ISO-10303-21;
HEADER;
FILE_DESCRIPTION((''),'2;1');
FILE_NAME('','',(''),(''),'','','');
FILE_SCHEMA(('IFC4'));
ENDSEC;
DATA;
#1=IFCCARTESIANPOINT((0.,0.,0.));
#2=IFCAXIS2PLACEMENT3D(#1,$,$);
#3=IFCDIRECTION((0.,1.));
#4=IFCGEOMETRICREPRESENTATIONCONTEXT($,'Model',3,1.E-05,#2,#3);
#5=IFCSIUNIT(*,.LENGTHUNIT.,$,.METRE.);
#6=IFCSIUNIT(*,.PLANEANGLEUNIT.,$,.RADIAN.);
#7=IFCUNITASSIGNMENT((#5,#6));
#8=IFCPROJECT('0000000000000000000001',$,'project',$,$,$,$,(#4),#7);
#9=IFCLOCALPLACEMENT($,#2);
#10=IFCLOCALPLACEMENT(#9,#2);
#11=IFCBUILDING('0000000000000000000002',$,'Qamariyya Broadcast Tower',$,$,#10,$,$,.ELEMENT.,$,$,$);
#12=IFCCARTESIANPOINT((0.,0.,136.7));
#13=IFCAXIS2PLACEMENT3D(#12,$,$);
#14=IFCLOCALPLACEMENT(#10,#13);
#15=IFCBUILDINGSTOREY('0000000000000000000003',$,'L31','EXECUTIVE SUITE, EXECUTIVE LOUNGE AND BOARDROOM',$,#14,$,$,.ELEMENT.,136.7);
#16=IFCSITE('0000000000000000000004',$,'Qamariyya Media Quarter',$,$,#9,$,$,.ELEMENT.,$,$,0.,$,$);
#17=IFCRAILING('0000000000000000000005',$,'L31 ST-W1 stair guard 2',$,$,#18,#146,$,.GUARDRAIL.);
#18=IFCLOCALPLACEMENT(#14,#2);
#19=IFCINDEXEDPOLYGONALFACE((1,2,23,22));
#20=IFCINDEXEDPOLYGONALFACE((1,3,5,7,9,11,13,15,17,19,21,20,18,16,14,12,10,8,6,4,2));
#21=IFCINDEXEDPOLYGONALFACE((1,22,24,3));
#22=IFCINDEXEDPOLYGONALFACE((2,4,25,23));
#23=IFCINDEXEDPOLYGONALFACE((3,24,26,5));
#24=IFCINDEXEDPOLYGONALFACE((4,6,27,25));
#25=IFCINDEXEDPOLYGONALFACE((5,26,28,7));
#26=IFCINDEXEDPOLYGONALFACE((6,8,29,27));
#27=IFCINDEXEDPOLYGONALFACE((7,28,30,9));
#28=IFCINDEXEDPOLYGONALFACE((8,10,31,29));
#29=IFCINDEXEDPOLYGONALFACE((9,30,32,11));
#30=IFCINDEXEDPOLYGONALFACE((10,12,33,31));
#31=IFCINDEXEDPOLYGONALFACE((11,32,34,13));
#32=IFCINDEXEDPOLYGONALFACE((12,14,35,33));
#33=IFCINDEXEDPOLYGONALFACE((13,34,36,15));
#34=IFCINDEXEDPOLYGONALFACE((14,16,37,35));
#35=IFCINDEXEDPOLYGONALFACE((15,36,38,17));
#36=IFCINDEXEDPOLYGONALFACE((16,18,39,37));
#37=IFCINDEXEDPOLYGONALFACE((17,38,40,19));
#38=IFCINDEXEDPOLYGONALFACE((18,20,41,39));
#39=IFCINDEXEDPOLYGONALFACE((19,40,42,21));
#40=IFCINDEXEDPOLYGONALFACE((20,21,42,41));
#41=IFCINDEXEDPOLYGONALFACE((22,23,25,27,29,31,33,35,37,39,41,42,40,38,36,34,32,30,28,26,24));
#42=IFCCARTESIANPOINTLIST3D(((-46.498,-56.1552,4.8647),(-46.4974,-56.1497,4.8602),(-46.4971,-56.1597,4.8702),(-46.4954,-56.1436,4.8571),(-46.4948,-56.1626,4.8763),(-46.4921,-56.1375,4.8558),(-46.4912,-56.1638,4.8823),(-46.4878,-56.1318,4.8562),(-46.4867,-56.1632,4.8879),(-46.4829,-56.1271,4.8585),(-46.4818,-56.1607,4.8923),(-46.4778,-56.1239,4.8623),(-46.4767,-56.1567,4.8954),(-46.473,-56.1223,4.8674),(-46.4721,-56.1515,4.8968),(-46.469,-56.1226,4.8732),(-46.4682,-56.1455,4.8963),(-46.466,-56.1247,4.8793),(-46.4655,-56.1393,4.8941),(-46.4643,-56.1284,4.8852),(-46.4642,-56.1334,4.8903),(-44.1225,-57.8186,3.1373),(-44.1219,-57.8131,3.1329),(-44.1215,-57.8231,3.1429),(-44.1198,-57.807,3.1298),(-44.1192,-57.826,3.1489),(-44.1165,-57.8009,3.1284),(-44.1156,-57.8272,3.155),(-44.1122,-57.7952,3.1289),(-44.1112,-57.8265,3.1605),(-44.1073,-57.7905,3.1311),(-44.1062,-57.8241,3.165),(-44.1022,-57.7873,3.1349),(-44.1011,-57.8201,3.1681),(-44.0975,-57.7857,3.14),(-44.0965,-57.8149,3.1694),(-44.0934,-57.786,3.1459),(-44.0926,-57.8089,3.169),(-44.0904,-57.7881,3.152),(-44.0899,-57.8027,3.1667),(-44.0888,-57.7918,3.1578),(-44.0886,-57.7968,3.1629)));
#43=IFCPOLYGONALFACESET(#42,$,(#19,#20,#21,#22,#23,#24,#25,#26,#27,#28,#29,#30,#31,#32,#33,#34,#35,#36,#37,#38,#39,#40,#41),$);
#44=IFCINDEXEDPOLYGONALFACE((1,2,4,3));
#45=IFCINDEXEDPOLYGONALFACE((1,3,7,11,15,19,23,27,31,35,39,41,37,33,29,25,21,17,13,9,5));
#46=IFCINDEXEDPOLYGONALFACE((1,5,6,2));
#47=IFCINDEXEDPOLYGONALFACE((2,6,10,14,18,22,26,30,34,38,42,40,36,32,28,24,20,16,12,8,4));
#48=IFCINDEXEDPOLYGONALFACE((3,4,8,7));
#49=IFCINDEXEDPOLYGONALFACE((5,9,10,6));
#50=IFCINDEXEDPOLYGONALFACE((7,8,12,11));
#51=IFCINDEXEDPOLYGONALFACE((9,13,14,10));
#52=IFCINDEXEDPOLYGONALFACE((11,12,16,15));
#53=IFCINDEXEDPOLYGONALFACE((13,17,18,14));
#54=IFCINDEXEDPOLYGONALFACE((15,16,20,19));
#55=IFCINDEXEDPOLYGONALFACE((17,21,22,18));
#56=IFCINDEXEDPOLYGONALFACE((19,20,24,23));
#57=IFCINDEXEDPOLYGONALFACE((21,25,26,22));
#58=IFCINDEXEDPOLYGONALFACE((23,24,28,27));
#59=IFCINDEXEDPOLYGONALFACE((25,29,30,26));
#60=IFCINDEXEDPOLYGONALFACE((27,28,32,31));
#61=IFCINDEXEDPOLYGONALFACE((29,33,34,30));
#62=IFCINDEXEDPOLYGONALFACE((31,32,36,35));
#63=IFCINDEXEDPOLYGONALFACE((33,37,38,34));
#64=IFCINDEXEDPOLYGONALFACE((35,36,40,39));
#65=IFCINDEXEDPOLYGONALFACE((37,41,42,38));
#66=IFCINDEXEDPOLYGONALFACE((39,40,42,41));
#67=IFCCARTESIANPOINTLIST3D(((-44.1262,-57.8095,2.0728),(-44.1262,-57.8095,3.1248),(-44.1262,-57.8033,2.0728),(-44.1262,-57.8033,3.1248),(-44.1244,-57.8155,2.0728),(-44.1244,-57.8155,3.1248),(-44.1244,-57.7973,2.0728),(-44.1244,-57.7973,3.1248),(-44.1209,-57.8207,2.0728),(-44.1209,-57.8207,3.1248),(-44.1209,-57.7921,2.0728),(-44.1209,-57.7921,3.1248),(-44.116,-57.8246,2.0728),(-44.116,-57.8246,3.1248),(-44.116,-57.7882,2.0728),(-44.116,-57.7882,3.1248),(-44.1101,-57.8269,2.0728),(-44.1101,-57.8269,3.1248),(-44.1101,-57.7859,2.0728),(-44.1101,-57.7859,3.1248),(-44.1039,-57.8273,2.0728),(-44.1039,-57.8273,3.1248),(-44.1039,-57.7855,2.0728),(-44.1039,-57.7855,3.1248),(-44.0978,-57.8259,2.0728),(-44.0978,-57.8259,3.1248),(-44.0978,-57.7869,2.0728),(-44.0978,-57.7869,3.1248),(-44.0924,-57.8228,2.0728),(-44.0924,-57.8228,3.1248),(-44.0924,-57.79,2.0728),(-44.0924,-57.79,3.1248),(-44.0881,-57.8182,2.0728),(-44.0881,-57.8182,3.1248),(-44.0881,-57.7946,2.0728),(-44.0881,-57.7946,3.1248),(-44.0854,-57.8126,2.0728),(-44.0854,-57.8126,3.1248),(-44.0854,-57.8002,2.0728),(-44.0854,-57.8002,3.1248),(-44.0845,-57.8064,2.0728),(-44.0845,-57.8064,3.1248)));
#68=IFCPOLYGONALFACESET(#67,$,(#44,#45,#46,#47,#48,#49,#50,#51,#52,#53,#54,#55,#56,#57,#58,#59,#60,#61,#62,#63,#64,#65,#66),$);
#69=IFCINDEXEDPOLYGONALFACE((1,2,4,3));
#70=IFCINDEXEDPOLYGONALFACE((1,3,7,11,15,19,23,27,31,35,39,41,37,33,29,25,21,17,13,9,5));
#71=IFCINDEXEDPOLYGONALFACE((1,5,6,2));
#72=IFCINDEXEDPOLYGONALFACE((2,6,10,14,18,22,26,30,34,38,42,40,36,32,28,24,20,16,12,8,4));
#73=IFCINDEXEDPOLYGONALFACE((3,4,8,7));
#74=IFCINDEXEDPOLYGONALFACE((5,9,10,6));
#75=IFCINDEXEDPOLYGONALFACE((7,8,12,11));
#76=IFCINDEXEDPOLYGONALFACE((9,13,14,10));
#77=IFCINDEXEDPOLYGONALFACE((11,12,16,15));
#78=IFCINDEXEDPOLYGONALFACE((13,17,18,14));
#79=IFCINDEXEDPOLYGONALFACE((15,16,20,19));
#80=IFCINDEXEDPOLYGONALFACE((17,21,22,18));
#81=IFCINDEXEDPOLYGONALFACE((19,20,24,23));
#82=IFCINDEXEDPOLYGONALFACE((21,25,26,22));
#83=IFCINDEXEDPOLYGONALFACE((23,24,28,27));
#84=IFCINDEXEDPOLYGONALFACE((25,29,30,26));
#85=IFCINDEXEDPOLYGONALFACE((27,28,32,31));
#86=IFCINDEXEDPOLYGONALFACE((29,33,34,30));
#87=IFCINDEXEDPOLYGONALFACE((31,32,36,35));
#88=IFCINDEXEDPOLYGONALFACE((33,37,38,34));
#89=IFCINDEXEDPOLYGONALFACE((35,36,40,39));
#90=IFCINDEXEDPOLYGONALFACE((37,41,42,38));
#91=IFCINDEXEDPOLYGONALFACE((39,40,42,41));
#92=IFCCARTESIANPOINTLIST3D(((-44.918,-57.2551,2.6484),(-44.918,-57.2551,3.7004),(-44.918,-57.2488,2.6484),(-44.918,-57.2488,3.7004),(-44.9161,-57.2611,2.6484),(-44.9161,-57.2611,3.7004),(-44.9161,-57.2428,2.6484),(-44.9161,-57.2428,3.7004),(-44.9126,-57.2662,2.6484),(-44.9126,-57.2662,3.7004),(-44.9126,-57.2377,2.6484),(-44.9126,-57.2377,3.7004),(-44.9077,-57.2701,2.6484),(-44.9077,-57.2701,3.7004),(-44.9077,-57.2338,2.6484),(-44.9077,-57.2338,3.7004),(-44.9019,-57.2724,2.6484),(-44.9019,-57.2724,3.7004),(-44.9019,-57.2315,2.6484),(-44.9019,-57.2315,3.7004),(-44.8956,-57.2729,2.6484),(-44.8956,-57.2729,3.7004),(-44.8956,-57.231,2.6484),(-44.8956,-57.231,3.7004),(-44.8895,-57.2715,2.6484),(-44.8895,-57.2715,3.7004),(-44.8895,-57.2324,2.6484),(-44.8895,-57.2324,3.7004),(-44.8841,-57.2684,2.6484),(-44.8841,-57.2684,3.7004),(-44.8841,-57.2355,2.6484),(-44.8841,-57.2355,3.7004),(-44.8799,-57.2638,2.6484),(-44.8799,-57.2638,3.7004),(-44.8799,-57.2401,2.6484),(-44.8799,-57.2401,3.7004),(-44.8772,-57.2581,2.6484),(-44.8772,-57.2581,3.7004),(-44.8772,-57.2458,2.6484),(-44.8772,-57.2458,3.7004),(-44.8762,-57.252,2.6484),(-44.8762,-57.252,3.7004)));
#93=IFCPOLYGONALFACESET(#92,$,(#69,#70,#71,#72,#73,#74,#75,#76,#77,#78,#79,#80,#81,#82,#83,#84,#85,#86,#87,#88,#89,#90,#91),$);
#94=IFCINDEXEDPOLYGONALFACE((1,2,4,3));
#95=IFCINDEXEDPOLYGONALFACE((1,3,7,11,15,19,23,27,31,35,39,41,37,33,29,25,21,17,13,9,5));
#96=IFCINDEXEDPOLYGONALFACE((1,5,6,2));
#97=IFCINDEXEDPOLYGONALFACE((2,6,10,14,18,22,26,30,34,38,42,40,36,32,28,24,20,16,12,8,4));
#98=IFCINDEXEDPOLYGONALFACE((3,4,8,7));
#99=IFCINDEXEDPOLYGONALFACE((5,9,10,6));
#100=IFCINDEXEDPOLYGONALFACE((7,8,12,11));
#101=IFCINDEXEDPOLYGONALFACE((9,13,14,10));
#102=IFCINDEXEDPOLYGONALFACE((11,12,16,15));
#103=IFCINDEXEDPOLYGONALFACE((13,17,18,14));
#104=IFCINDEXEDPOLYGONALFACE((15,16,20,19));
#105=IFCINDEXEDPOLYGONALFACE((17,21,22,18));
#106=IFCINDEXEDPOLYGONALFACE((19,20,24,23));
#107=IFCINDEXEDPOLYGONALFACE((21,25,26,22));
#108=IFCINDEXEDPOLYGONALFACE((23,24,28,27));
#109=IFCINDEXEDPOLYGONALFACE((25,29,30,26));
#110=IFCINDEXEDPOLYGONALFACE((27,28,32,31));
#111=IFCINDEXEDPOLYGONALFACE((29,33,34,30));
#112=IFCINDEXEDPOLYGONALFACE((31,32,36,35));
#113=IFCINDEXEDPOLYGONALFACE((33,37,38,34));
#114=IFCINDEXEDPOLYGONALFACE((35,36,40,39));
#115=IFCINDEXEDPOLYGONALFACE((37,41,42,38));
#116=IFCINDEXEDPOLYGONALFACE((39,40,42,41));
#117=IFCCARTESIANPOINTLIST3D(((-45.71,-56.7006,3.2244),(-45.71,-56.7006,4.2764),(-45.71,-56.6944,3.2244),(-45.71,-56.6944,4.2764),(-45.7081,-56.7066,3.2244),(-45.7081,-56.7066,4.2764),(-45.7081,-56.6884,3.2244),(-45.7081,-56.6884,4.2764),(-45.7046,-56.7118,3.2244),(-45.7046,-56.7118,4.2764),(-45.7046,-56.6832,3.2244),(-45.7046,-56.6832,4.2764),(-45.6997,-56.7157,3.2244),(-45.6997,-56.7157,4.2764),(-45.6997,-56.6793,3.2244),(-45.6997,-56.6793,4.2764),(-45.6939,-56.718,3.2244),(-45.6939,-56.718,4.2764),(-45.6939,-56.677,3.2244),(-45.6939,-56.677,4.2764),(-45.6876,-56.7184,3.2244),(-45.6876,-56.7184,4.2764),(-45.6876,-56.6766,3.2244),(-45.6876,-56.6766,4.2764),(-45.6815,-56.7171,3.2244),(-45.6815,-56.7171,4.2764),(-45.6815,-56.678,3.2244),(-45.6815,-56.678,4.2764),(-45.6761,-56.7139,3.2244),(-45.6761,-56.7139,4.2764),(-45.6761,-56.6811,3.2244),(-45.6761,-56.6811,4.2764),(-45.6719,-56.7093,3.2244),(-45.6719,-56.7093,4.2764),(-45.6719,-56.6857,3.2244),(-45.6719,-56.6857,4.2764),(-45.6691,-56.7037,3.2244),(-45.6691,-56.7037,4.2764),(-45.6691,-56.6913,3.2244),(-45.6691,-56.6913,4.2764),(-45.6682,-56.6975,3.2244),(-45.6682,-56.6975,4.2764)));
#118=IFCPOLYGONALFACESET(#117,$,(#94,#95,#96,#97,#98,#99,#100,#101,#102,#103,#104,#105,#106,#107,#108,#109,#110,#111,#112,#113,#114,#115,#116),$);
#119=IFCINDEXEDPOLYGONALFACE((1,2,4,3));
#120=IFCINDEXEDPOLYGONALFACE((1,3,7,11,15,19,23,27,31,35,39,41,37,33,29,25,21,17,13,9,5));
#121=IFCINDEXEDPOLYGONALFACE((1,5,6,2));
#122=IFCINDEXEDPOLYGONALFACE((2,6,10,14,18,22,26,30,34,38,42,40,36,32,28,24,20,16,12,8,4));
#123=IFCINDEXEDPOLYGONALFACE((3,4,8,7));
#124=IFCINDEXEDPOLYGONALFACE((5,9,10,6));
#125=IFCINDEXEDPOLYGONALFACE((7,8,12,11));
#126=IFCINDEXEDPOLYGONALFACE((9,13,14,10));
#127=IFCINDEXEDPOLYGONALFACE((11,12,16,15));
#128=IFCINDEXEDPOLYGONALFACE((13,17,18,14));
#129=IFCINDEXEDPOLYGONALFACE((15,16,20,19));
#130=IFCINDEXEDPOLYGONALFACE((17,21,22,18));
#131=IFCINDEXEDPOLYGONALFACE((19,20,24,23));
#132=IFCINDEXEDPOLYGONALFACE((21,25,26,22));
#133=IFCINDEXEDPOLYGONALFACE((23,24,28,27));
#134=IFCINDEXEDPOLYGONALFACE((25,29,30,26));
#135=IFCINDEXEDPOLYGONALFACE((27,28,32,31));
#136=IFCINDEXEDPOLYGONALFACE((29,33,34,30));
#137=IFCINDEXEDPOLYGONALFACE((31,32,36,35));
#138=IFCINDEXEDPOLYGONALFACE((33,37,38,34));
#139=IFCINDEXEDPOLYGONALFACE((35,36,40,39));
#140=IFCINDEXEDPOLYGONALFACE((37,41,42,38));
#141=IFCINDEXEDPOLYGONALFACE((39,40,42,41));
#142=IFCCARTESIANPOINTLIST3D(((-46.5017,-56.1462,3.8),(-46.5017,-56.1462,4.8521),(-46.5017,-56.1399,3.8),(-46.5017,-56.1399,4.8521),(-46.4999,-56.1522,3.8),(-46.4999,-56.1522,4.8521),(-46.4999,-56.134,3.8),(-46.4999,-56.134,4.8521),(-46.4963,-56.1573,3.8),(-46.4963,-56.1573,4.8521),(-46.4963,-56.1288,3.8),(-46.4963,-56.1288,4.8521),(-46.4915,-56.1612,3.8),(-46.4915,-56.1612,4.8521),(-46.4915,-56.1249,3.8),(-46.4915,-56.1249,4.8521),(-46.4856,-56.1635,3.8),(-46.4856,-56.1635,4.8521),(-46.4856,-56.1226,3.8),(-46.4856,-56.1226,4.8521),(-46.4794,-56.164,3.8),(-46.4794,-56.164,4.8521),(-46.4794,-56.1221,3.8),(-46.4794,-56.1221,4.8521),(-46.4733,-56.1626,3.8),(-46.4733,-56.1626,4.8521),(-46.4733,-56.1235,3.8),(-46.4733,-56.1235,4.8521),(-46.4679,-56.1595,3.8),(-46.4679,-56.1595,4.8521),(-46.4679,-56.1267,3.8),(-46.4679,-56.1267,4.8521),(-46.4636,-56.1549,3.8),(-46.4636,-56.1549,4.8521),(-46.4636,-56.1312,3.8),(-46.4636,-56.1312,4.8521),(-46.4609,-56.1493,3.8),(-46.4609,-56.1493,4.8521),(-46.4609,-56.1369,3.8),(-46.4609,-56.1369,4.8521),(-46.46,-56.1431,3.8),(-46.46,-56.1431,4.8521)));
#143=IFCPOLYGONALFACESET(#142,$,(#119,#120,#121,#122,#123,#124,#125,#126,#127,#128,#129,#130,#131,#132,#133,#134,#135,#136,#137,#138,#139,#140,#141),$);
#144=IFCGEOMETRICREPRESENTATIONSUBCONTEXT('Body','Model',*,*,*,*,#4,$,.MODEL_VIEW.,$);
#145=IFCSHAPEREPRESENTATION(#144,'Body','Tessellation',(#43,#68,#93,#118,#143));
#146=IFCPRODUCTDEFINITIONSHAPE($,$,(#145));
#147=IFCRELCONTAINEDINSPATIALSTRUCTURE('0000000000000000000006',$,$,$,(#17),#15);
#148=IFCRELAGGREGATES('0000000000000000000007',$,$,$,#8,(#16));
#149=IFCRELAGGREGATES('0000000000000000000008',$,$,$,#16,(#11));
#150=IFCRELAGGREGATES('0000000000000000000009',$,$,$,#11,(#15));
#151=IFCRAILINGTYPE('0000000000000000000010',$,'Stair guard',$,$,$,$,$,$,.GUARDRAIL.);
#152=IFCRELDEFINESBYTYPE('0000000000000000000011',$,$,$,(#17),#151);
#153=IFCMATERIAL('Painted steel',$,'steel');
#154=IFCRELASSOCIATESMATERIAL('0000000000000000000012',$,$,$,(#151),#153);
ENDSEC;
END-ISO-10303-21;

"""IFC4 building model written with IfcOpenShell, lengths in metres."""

from ifc_helpers import new_model, si_unit, direction, frame, origin, origin_2d, place, context, subcontext, project, spatial, circle, extrude, material, type_object, element, save


model = new_model("IFC4")

# Units and contexts
model_context = context("Model", 3, precision=1e-05, world=origin(), true_north=direction((0.0, 1.0)))
body_context = subcontext(model_context, "Body", "Model", "MODEL_VIEW")
ifc_project = project(units=[si_unit("LENGTHUNIT", "METRE"), si_unit("PLANEANGLEUNIT", "RADIAN")], contexts=[model_context])

# Site, building, storey
site_placement = place(None, origin())
site = spatial("IfcSite", under=ifc_project, at=site_placement, Name="Qamariyya Media Quarter", CompositionType="ELEMENT", RefElevation=0.0)
building_placement = place(site_placement, origin())
building = spatial("IfcBuilding", under=site, at=building_placement, Name="Qamariyya Broadcast Tower", CompositionType="ELEMENT")
storey_placement = place(building_placement, frame((0.0, 0.0, 136.7)))
storey = spatial("IfcBuildingStorey", under=building, at=storey_placement, Name="L31", Description="EXECUTIVE SUITE, EXECUTIVE LOUNGE AND BOARDROOM", CompositionType="ELEMENT", Elevation=136.7)

# Railing
ifc_material_1 = material(Name="Painted steel", Category="steel")
railing_type_1 = type_object("IfcRailingType", Name="Stair guard", PredefinedType="GUARDRAIL", material=ifc_material_1)
railing_1_placement = place(storey_placement, frame((-44.1055, -57.8064, 2.0728)))
element("IfcRailing", 1, at=railing_1_placement, inside=storey, type_object=railing_type_1, Name="L31 ST-W1 stair guard 2", PredefinedType="GUARDRAIL", context=body_context, shape_type="SweptSolid", body=[
    extrude(circle(Radius=0.0239, at=origin_2d()), frame((0.0, 0.0, 1.0762), z_axis=(-0.70377, 0.492784, 0.511734), x_axis=(-0.573575, -0.819153, 0.0)), (0.0, 0.0, 1.0), 3.3755),
    extrude(circle(Radius=0.021, at=origin_2d()), origin(), (0.0, 0.0, 1.0), 1.052),
    extrude(circle(Radius=0.021, at=origin_2d()), frame((-0.7917, 0.5544, 0.5757)), (0.0, 0.0, 1.0), 1.052),
    extrude(circle(Radius=0.021, at=origin_2d()), frame((-1.5837, 1.1089, 1.1516)), (0.0, 0.0, 1.0), 1.052),
    extrude(circle(Radius=0.021, at=origin_2d()), frame((-2.3755, 1.6633, 1.7273)), (0.0, 0.0, 1.0), 1.052),
])

save(model, "model.ifc")
